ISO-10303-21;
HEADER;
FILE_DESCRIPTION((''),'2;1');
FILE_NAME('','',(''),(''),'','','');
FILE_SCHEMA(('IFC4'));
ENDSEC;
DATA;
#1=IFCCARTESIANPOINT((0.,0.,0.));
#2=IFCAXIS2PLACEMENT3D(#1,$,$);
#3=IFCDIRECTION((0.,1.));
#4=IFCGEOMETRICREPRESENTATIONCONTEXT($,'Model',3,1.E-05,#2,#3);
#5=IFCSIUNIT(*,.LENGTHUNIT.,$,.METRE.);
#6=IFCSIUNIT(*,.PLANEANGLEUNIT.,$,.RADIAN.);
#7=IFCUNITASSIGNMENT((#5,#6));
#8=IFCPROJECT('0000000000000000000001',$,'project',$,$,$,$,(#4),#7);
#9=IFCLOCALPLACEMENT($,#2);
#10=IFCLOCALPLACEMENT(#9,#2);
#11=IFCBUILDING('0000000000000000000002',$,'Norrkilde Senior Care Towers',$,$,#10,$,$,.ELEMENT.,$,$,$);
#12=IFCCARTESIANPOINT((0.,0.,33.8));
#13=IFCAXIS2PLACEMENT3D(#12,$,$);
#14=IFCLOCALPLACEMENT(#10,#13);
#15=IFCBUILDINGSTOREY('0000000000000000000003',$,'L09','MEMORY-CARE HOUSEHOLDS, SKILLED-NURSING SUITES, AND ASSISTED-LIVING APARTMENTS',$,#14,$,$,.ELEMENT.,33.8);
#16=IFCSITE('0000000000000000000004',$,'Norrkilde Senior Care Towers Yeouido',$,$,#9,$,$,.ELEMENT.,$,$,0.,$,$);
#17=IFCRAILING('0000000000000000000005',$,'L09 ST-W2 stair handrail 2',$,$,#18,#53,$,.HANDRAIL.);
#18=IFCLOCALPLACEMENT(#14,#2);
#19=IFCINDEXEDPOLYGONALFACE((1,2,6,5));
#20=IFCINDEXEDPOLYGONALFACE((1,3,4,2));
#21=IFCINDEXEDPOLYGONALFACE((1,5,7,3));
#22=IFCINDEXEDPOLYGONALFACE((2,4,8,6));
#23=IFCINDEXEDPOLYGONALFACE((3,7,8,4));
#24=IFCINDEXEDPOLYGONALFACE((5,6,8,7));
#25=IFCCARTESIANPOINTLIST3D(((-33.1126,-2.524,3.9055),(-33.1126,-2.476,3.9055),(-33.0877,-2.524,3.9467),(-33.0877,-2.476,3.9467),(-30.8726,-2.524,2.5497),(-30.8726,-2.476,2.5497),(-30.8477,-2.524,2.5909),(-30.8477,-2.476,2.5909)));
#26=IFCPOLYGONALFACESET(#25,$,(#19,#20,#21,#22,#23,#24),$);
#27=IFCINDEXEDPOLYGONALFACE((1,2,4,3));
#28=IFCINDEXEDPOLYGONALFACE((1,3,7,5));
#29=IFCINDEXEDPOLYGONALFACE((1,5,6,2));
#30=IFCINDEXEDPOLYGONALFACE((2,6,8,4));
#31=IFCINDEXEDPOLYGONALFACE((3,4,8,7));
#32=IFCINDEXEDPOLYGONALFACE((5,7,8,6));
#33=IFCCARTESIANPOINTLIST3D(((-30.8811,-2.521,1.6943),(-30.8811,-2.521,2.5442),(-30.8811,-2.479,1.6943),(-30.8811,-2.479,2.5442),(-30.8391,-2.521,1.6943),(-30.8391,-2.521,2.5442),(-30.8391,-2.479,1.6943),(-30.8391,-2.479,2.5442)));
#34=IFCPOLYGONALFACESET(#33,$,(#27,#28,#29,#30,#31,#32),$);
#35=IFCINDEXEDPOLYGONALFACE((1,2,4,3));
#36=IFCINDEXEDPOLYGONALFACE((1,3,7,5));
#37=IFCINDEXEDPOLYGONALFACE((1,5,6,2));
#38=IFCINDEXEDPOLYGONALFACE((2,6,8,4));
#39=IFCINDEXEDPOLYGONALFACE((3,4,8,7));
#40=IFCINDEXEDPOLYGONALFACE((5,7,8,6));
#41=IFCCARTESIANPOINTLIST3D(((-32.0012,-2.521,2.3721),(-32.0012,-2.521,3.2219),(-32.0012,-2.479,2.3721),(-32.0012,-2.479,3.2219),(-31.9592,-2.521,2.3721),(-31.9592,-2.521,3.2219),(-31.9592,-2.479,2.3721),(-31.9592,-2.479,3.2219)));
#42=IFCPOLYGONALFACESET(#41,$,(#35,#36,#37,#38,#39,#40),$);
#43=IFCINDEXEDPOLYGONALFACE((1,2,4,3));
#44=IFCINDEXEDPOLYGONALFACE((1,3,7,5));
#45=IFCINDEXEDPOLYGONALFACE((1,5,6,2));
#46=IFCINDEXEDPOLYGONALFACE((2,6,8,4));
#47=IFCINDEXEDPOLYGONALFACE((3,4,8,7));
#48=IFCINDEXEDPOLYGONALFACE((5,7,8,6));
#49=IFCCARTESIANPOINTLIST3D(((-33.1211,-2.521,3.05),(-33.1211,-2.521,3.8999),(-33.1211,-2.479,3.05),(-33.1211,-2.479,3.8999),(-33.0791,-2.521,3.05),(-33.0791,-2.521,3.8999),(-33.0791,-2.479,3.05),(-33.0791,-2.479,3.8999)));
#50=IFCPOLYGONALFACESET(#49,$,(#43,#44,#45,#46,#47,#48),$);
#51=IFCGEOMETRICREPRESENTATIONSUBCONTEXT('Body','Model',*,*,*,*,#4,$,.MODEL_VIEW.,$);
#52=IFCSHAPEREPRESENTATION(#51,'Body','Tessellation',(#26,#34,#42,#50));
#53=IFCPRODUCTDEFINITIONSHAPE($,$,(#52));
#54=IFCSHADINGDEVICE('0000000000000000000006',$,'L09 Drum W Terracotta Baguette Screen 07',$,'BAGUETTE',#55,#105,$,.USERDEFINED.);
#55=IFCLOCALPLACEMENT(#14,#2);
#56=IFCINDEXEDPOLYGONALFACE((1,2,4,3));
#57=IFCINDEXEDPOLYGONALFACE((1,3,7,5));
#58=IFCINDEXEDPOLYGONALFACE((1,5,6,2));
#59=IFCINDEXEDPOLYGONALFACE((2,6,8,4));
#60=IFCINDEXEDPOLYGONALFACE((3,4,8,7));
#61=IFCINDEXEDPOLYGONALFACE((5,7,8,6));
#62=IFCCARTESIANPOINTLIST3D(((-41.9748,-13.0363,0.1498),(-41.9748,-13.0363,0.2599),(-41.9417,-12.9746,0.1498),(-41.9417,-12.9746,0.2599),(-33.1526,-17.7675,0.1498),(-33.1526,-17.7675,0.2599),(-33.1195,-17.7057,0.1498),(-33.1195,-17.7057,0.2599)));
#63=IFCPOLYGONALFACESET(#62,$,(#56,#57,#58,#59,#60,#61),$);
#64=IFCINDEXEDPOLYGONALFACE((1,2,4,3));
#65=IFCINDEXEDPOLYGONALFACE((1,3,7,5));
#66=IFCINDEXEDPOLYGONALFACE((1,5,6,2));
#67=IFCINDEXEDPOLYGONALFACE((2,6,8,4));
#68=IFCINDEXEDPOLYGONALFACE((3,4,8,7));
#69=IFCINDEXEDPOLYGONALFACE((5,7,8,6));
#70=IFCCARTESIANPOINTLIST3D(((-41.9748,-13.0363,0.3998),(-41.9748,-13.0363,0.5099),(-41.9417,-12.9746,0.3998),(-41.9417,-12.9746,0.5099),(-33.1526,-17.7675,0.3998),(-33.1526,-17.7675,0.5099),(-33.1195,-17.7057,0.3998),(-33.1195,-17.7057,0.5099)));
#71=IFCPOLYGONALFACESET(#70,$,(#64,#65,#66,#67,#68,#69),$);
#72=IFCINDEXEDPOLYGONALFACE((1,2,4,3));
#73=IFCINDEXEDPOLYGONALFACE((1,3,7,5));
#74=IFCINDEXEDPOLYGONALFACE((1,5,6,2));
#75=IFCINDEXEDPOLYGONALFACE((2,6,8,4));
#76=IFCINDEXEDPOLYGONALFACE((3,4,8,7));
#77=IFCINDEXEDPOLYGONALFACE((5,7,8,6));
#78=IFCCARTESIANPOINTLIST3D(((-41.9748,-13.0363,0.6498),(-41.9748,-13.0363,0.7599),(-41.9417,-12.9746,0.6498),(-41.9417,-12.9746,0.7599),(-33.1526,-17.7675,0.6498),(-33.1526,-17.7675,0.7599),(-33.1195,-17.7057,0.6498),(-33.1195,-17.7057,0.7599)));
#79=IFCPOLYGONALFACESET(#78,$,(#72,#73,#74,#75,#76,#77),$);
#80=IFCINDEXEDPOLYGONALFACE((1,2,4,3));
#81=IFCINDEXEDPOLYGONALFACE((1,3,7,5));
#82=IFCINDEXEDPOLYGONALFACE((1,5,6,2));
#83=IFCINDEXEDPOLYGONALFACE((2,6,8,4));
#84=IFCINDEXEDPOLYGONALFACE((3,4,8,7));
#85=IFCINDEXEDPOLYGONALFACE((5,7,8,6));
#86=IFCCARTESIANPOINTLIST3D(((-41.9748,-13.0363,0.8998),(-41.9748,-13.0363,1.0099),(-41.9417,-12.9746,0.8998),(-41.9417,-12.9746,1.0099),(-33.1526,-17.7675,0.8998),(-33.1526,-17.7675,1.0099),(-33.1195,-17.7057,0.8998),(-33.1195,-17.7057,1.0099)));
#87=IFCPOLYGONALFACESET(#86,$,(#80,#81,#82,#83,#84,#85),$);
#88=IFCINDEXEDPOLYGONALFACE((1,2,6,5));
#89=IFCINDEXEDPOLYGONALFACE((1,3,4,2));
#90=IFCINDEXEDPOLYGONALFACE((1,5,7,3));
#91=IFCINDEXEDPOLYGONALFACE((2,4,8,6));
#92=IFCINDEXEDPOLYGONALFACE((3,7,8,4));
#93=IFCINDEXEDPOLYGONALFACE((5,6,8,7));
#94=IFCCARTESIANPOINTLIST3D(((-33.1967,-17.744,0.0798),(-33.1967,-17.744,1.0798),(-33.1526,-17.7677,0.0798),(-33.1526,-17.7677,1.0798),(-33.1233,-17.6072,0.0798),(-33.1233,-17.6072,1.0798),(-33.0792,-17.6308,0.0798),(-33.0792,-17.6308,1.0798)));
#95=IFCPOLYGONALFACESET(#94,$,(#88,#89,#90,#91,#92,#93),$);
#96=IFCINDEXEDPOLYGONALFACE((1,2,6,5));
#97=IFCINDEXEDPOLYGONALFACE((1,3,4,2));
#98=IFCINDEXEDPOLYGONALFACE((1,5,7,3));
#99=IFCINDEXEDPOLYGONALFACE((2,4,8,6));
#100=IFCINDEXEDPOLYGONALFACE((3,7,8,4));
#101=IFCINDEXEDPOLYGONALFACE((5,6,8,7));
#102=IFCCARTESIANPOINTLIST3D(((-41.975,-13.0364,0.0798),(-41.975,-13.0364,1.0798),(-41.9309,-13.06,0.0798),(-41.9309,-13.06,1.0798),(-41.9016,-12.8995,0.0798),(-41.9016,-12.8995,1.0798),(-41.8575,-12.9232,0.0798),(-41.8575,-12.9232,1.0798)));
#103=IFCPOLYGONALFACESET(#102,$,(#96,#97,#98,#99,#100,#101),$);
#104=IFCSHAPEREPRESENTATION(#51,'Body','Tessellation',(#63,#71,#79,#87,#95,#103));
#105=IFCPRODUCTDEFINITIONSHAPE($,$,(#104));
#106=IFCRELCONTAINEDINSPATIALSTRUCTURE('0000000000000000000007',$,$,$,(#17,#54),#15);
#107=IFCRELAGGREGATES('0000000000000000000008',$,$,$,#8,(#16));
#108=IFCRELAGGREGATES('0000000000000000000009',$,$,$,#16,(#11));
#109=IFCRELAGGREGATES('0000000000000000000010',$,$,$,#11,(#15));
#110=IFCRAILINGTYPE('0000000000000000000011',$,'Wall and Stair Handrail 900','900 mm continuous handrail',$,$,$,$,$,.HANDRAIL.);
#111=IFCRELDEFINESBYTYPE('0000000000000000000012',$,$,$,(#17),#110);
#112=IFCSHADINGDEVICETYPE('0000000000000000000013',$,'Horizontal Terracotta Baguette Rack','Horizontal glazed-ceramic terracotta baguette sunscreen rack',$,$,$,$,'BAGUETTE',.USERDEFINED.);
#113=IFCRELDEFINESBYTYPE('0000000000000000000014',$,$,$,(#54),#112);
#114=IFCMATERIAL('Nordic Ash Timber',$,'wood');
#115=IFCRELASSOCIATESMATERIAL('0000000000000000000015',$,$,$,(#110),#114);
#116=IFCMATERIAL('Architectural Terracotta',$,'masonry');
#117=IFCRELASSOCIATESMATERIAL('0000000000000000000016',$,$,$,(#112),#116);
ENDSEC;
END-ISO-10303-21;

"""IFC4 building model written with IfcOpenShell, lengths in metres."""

from ifc_helpers import new_model, si_unit, direction, frame, origin, origin_2d, place, context, subcontext, project, spatial, rectangle, extrude, source, transform, mapped, material, type_object, type_shapes, element, save


model = new_model("IFC4")

# Units and contexts
model_context = context("Model", 3, precision=1e-05, world=origin(), true_north=direction((0.0, 1.0)))
body_context = subcontext(model_context, "Body", "Model", "MODEL_VIEW")
ifc_project = project(units=[si_unit("LENGTHUNIT", "METRE"), si_unit("PLANEANGLEUNIT", "RADIAN")], contexts=[model_context])

# Site, building, storey
site_placement = place(None, origin())
site = spatial("IfcSite", under=ifc_project, at=site_placement, Name="Norrkilde Senior Care Towers Yeouido", CompositionType="ELEMENT", RefElevation=0.0)
building_placement = place(site_placement, origin())
building = spatial("IfcBuilding", under=site, at=building_placement, Name="Norrkilde Senior Care Towers", CompositionType="ELEMENT")
storey_placement = place(building_placement, frame((0.0, 0.0, 33.8)))
storey = spatial("IfcBuildingStorey", under=building, at=storey_placement, Name="L09", Description="MEMORY-CARE HOUSEHOLDS, SKILLED-NURSING SUITES, AND ASSISTED-LIVING APARTMENTS", CompositionType="ELEMENT", Elevation=33.8)

# Railing
ifc_material_1 = material(Name="Nordic Ash Timber", Category="wood")
railing_type_1 = type_object("IfcRailingType", Name="Wall and Stair Handrail 900", Description="900 mm continuous handrail", PredefinedType="HANDRAIL", material=ifc_material_1)
railing_1_placement = place(storey_placement, frame((-30.8601, -2.5, 1.6943)))
element("IfcRailing", 1, at=railing_1_placement, inside=storey, type_object=railing_type_1, Name="L09 ST-W2 stair handrail 2", PredefinedType="HANDRAIL", context=body_context, shape_type="SweptSolid", body=[
    extrude(rectangle(XDim=0.0481, YDim=0.0481, at=origin_2d()), frame((0.0, 0.0, 0.876), z_axis=(-0.855512, 0.0, 0.517783), x_axis=(0.0, -1.0, 0.0)), (0.0, 0.0, 1.0), 2.6184),
    extrude(rectangle(XDim=0.042, YDim=0.042, at=origin_2d()), origin(), (0.0, 0.0, 1.0), 0.8499),
    extrude(rectangle(XDim=0.042, YDim=0.042, at=origin_2d()), frame((-1.1201, 0.0, 0.6777)), (0.0, 0.0, 1.0), 0.8499),
    extrude(rectangle(XDim=0.042, YDim=0.042, at=origin_2d()), frame((-2.24, 0.0, 1.3557)), (0.0, 0.0, 1.0), 0.8499),
])

# Shading device
ifc_material_2 = material(Name="Architectural Terracotta", Category="masonry")
shading_device_type = type_object("IfcShadingDeviceType", Name="Horizontal Terracotta Baguette Rack", Description="Horizontal glazed-ceramic terracotta baguette sunscreen rack", ElementType="BAGUETTE", PredefinedType="USERDEFINED", material=ifc_material_2)
shared_shape_1 = source(origin(), body_context, "Body", "SweptSolid", [
    extrude(rectangle(XDim=0.0701, YDim=0.1101, at=origin_2d()), frame((0.0, 0.0901, 0.125), z_axis=(1.0, 0.0, 0.0), x_axis=(0.0, 1.0, 0.0)), (0.0, 0.0, 1.0), 10.0107),
    extrude(rectangle(XDim=0.0701, YDim=0.1101, at=origin_2d()), frame((0.0, 0.0901, 0.375), z_axis=(1.0, 0.0, 0.0), x_axis=(0.0, 1.0, 0.0)), (0.0, 0.0, 1.0), 10.0107),
    extrude(rectangle(XDim=0.0701, YDim=0.1101, at=origin_2d()), frame((0.0, 0.0901, 0.625), z_axis=(1.0, 0.0, 0.0), x_axis=(0.0, 1.0, 0.0)), (0.0, 0.0, 1.0), 10.0107),
    extrude(rectangle(XDim=0.0701, YDim=0.1101, at=origin_2d()), frame((0.0, 0.0901, 0.875), z_axis=(1.0, 0.0, 0.0), x_axis=(0.0, 1.0, 0.0)), (0.0, 0.0, 1.0), 10.0107),
    extrude(rectangle(XDim=0.05, YDim=0.1553, at=origin_2d()), frame((0.0249, 0.0476, 0.0)), (0.0, 0.0, 1.0), 1.0),
    extrude(rectangle(XDim=0.05, YDim=0.1553, at=origin_2d()), frame((9.9858, 0.0476, 0.0)), (0.0, 0.0, 1.0), 1.0),
])
type_shapes(shading_device_type, [shared_shape_1])
shading_device_placement = place(storey_placement, frame((-33.0935, -17.6572, 0.0798), z_axis=(0.0, 0.0, 1.0), x_axis=(-0.88128, 0.472612, 0.0)))
element("IfcShadingDevice", 2, at=shading_device_placement, inside=storey, type_object=shading_device_type, Name="L09 Drum W Terracotta Baguette Screen 07", ObjectType="BAGUETTE", PredefinedType="USERDEFINED", context=body_context, shape_type="MappedRepresentation", body=[
    mapped(shared_shape_1, transform((0.0, 0.0, 0.0), x_axis=(1.0, 0.0, 0.0), y_axis=(0.0, 1.0, 0.0), z_axis=(0.0, 0.0, 1.0), scale=1.0)),
])

save(model, "model.ifc")
